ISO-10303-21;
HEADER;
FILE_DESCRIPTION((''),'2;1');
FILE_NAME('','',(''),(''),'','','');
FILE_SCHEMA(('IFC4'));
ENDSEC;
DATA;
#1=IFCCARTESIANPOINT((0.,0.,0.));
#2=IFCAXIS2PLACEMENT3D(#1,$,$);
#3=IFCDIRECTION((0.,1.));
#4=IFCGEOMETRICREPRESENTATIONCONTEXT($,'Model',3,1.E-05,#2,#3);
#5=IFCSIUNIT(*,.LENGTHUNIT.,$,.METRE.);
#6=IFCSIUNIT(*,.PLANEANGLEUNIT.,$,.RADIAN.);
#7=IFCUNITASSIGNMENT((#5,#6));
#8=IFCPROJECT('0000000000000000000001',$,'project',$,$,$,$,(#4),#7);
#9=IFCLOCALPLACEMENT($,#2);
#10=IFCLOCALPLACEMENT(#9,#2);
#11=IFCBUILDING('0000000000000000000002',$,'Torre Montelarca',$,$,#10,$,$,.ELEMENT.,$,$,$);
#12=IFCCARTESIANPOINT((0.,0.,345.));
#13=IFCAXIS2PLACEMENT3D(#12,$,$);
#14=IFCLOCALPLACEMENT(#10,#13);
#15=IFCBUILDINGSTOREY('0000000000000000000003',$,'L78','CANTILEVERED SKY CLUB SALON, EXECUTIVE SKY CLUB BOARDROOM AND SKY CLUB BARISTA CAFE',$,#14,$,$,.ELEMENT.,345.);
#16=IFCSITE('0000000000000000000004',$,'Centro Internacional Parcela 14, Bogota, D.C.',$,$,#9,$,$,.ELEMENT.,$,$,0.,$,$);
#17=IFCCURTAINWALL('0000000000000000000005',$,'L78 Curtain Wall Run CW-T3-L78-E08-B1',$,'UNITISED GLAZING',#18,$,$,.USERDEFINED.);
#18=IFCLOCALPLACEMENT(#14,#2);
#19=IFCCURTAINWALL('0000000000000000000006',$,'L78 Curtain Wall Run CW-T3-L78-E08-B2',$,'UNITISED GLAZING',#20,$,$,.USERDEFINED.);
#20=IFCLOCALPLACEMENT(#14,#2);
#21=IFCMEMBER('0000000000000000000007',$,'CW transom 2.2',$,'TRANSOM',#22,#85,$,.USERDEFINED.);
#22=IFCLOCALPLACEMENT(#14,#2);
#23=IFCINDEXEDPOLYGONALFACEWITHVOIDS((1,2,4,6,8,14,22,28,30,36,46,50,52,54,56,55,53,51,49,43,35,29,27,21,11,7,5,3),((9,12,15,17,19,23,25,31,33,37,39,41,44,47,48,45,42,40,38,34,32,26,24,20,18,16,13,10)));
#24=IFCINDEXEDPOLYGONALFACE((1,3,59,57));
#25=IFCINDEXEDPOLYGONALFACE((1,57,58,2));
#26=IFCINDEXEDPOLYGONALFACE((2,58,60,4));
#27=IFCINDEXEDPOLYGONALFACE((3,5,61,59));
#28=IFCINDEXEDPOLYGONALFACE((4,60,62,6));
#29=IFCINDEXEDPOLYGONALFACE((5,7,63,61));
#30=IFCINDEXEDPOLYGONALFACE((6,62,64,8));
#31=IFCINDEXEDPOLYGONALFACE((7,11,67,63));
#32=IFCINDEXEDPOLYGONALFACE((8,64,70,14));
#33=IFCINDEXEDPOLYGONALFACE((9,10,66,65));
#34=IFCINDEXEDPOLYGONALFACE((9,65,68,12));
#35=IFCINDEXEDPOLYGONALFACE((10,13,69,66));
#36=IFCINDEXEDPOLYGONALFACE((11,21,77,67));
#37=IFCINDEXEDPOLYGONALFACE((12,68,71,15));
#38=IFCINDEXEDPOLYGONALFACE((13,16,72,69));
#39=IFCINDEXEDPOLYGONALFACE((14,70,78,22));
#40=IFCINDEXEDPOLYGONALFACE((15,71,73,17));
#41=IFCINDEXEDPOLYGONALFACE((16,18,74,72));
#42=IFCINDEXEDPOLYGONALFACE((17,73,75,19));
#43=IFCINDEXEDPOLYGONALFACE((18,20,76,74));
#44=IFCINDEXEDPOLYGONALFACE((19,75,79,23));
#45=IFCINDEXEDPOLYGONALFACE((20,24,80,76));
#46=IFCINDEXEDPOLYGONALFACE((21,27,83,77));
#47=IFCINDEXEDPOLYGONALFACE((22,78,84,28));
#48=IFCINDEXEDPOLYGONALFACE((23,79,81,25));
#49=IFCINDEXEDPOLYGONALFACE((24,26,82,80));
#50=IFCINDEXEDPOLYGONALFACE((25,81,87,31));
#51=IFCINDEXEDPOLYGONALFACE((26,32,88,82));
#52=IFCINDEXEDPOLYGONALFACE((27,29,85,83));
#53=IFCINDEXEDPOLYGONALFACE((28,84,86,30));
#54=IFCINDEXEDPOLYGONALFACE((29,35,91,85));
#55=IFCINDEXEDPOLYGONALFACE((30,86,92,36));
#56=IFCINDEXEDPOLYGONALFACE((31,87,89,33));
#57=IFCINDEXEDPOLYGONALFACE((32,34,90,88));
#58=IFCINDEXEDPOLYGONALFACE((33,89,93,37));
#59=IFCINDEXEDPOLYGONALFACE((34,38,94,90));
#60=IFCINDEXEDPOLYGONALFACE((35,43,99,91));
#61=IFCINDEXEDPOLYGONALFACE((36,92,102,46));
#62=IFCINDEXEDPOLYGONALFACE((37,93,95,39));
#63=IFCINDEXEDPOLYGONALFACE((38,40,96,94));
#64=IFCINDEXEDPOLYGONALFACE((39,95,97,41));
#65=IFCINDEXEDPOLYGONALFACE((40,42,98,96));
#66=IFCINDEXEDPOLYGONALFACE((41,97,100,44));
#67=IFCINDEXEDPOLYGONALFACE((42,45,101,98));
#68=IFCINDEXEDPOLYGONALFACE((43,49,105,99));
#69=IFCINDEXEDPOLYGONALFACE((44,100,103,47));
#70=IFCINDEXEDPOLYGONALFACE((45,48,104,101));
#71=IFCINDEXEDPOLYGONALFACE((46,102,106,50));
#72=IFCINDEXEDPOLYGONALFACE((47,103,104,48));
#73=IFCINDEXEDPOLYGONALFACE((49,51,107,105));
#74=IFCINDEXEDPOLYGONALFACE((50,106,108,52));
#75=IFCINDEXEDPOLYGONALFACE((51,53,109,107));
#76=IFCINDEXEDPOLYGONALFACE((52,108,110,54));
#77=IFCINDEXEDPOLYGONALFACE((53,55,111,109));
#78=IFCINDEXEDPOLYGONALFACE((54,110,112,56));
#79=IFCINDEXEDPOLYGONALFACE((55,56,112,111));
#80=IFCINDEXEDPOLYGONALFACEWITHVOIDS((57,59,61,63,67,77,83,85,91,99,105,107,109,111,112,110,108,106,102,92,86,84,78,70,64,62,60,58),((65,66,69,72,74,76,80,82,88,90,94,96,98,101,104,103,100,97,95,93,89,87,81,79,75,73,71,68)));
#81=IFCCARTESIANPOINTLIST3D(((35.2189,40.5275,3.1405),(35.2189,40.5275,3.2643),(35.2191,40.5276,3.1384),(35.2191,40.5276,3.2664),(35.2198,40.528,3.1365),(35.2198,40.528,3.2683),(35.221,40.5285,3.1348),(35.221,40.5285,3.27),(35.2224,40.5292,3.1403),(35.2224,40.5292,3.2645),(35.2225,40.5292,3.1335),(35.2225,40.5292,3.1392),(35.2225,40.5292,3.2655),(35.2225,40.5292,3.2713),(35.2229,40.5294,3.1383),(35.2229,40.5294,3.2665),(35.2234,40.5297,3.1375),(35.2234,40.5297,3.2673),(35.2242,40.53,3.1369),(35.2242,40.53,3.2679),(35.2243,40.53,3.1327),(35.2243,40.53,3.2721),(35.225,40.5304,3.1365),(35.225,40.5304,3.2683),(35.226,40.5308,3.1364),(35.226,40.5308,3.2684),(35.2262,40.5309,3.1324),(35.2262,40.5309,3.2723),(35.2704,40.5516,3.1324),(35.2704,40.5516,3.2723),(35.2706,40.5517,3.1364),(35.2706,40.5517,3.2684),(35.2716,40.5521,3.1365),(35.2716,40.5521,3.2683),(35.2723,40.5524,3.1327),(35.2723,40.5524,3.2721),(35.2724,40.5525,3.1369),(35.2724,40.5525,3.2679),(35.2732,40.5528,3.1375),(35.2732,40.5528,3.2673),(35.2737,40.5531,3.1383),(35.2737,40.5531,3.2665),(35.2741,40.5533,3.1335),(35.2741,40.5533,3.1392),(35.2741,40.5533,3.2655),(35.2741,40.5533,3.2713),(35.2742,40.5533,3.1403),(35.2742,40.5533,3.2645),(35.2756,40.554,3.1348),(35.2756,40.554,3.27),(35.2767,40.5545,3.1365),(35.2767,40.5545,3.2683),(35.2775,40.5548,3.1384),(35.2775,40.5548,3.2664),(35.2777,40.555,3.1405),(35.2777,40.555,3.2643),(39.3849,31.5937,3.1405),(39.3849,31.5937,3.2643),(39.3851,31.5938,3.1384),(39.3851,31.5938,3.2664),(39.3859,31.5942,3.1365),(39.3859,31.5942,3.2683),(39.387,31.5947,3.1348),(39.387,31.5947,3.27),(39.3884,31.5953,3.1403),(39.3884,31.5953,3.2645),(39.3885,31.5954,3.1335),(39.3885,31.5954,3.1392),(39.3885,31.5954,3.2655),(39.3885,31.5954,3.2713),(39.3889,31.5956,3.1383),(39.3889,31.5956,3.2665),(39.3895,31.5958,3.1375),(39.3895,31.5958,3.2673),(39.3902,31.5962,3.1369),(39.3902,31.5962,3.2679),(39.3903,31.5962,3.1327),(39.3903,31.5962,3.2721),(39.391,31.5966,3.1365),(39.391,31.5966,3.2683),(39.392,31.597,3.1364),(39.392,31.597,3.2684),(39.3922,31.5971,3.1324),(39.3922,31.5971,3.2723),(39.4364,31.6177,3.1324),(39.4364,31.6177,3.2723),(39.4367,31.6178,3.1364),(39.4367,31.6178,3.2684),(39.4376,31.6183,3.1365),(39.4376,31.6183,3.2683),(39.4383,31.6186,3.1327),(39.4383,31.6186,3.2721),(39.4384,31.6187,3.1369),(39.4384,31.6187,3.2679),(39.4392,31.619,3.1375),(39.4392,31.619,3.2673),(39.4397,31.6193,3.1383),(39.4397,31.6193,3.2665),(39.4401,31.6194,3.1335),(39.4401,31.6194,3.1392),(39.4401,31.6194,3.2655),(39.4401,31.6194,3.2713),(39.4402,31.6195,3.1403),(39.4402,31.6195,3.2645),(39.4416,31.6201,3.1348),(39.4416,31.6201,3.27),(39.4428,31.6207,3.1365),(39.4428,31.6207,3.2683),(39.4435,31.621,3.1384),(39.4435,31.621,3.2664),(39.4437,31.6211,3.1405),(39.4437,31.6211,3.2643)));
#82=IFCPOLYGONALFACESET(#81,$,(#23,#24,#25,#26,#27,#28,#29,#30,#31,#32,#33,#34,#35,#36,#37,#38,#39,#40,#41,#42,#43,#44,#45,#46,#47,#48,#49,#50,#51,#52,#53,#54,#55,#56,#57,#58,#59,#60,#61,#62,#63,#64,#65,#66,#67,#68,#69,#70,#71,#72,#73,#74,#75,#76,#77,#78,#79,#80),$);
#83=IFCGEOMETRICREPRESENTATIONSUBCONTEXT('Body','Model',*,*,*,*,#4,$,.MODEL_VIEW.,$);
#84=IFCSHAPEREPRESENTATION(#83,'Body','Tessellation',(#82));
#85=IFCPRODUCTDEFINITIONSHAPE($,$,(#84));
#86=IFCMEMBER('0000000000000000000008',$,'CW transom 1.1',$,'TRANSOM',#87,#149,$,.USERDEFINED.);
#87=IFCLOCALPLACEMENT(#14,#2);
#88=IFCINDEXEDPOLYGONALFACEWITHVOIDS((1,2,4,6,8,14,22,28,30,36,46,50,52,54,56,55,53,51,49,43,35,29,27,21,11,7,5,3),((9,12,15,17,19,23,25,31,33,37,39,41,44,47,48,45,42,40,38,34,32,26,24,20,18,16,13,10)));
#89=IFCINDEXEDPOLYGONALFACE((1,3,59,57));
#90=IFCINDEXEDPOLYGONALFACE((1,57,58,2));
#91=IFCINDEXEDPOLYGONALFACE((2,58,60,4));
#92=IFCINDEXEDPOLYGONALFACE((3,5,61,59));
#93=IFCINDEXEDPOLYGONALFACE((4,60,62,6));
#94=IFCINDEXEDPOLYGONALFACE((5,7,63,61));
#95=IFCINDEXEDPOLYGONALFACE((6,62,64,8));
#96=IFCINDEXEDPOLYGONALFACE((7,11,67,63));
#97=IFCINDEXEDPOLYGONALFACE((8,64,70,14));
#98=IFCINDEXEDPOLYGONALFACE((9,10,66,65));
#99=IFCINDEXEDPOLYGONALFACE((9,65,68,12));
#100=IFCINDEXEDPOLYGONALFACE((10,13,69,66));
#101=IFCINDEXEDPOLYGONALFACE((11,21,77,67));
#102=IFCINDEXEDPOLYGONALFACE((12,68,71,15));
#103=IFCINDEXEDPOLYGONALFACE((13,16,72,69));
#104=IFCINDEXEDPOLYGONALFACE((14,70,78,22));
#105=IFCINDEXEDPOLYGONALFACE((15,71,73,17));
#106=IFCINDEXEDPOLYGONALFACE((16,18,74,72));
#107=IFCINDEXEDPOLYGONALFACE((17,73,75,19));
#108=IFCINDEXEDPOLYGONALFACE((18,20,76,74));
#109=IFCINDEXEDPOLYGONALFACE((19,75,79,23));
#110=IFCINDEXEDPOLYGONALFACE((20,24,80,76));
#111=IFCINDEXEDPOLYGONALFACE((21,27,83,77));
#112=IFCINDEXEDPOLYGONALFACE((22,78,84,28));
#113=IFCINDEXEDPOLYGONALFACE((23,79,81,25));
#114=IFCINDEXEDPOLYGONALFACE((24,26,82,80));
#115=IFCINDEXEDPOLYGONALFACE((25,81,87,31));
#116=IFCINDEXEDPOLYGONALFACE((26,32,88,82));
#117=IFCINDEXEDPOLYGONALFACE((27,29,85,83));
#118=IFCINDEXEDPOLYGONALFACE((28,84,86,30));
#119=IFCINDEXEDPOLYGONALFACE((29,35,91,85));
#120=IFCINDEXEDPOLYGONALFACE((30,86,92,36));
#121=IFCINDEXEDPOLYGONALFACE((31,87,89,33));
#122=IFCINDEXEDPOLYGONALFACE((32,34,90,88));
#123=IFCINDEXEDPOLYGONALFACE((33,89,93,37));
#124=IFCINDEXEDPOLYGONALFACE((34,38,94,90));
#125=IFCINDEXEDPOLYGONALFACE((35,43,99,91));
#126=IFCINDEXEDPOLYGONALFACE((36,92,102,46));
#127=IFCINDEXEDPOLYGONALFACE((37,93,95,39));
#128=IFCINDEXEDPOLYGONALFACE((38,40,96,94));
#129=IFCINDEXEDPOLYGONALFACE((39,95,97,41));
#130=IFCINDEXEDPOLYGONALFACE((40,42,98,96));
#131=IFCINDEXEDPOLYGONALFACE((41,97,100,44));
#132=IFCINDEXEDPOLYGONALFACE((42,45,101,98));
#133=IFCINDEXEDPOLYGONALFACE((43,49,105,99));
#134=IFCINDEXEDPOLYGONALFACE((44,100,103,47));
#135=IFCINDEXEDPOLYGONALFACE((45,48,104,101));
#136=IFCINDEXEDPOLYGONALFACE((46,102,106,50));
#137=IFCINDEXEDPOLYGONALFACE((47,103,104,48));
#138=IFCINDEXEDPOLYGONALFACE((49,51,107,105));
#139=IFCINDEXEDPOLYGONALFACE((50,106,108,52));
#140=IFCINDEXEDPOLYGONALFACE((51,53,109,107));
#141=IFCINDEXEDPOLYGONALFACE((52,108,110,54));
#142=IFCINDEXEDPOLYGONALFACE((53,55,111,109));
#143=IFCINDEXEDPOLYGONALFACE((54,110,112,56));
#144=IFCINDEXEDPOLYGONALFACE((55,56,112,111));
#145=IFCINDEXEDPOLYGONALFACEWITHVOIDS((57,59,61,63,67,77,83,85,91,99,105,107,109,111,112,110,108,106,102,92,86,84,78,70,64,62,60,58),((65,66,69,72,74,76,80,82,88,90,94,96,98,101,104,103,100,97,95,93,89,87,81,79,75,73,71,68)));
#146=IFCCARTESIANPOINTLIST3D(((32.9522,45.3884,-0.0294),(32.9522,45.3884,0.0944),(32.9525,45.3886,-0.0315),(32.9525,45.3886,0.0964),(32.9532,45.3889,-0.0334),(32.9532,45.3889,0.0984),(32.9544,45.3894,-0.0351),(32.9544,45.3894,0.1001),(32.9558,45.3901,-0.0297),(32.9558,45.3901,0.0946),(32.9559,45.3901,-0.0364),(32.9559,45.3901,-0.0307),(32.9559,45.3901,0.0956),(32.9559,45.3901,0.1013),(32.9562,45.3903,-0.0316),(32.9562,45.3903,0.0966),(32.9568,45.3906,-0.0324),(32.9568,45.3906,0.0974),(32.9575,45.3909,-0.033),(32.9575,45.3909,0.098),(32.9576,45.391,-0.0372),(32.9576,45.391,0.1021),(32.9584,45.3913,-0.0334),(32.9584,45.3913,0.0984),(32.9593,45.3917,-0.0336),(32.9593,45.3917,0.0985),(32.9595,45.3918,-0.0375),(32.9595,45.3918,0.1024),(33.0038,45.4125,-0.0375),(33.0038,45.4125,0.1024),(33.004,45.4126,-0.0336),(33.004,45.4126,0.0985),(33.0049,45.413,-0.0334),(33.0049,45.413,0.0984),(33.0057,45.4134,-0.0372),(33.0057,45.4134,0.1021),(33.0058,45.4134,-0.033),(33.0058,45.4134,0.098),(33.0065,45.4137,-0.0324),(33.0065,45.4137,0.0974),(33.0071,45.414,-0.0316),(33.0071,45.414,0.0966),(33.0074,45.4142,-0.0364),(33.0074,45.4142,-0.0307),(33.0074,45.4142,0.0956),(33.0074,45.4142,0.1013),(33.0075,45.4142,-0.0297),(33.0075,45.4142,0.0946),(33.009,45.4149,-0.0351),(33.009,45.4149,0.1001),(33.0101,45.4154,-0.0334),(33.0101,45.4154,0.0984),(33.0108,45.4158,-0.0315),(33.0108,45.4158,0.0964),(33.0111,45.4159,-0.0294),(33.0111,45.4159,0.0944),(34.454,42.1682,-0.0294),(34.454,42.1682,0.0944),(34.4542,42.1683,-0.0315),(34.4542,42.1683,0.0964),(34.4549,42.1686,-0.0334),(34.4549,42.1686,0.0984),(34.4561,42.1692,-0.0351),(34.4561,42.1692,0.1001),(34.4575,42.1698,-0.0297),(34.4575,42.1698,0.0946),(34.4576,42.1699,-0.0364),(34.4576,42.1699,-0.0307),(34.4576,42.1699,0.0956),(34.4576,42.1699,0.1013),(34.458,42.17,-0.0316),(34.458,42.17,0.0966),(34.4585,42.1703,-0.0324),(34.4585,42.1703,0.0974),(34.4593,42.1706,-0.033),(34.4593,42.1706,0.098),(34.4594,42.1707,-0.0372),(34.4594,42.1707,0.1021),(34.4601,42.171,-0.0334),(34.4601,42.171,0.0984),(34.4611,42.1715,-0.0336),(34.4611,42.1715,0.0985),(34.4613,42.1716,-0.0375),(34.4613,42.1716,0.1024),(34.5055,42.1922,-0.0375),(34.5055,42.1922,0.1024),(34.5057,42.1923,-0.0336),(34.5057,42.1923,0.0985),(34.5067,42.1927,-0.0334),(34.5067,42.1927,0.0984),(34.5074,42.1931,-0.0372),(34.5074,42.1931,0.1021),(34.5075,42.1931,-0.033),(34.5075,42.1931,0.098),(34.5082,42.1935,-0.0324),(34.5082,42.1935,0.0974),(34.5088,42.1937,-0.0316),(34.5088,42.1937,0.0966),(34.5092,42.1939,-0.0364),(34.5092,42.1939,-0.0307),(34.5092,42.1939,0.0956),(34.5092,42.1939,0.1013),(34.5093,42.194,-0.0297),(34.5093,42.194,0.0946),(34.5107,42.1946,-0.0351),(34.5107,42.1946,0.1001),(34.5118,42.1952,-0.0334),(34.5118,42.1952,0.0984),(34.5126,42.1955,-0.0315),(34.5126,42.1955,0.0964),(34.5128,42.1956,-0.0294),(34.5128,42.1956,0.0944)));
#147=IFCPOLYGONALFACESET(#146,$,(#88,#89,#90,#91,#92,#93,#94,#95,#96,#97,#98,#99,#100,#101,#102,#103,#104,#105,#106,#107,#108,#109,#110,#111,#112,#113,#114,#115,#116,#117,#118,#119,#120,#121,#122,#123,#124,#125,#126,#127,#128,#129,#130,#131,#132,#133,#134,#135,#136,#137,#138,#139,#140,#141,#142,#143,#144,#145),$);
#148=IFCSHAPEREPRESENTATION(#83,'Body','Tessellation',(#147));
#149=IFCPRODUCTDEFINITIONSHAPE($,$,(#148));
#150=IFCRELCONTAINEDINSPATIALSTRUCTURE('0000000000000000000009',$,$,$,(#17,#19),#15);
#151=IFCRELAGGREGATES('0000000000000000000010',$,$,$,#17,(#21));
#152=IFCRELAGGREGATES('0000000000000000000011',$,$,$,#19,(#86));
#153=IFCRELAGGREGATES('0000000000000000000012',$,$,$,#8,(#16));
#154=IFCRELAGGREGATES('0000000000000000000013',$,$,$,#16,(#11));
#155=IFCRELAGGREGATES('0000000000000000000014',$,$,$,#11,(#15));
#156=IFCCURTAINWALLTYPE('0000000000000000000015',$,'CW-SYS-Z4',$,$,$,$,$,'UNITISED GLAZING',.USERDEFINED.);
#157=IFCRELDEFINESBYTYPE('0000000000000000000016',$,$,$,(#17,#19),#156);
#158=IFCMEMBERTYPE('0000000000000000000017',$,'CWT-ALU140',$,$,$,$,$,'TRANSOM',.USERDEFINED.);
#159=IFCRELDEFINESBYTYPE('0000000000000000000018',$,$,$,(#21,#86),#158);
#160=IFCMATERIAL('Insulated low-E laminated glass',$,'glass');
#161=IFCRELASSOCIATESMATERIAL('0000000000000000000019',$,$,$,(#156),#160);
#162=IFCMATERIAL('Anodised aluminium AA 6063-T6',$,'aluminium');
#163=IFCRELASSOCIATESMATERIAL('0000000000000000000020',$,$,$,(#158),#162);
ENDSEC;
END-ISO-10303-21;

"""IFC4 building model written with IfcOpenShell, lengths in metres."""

from ifc_helpers import new_model, si_unit, direction, frame, origin, origin_2d, place, context, subcontext, project, spatial, hollow_rectangle, extrude, source, transform, mapped, material, material_profile, profile_set, type_object, element, aggregate, save


model = new_model("IFC4")

# Units and contexts
model_context = context("Model", 3, precision=1e-05, world=origin(), true_north=direction((0.0, 1.0)))
body_context = subcontext(model_context, "Body", "Model", "MODEL_VIEW")
ifc_project = project(units=[si_unit("LENGTHUNIT", "METRE"), si_unit("PLANEANGLEUNIT", "RADIAN")], contexts=[model_context])

# Site, building, storey
site_placement = place(None, origin())
site = spatial("IfcSite", under=ifc_project, at=site_placement, Name="Centro Internacional Parcela 14, Bogota, D.C.", CompositionType="ELEMENT", RefElevation=0.0)
building_placement = place(site_placement, origin())
building = spatial("IfcBuilding", under=site, at=building_placement, Name="Torre Montelarca", CompositionType="ELEMENT")
storey_placement = place(building_placement, frame((0.0, 0.0, 345.0)))
storey = spatial("IfcBuildingStorey", under=building, at=storey_placement, Name="L78", Description="CANTILEVERED SKY CLUB SALON, EXECUTIVE SKY CLUB BOARDROOM AND SKY CLUB BARISTA CAFE", CompositionType="ELEMENT", Elevation=345.0)

# Shared definitions
ifc_material_1 = material(Name="Insulated low-E laminated glass", Category="glass")
curtain_wall_type = type_object("IfcCurtainWallType", Name="CW-SYS-Z4", ElementType="UNITISED GLAZING", PredefinedType="USERDEFINED", material=ifc_material_1)
ifc_material_2 = material(Name="Anodised aluminium AA 6063-T6", Category="aluminium")
ifc_material_profile_1 = material_profile(ifc_material_2, hollow_rectangle(XDim=0.0649, YDim=0.1399, WallThickness=0.0039, InnerFilletRadius=0.0039, OuterFilletRadius=0.0081, at=origin_2d()), Name="ALU65X140X4", Category="aluminium")
ifc_profile_set_1 = profile_set([ifc_material_profile_1], Name="Anodised aluminium AA 6063-T6")
member_type_1 = type_object("IfcMemberType", Name="CWT-ALU140", ElementType="TRANSOM", PredefinedType="USERDEFINED", material=ifc_profile_set_1)

# Curtain wall
curtain_wall_1_placement = place(storey_placement, origin())
curtain_wall_1 = element("IfcCurtainWall", 1, at=curtain_wall_1_placement, inside=storey, type_object=curtain_wall_type, Name="L78 Curtain Wall Run CW-T3-L78-E08-B1", ObjectType="UNITISED GLAZING", PredefinedType="USERDEFINED")

# Curtain wall
curtain_wall_2_placement = place(storey_placement, origin())
curtain_wall_2 = element("IfcCurtainWall", 2, at=curtain_wall_2_placement, inside=storey, type_object=curtain_wall_type, Name="L78 Curtain Wall Run CW-T3-L78-E08-B2", ObjectType="UNITISED GLAZING", PredefinedType="USERDEFINED")

# Members
shared_shape_1 = source(origin(), body_context, "Body", "SweptSolid", [
    extrude(hollow_rectangle(XDim=0.0649, YDim=0.1399, WallThickness=0.0039, InnerFilletRadius=0.0039, OuterFilletRadius=0.0081, at=origin_2d()), origin(), (0.0, 0.0, 1.0), 9.8574),
])
member_1_placement = place(storey_placement, frame((39.4143, 31.6074, 3.2024), z_axis=(-0.422626, 0.906304, 0.0), x_axis=(-0.906304, -0.422626, 0.0)))
member_1 = element("IfcMember", 3, at=member_1_placement, type_object=member_type_1, Name="CW transom 2.2", ObjectType="TRANSOM", PredefinedType="USERDEFINED", context=body_context, shape_type="MappedRepresentation", body=[
    mapped(shared_shape_1, transform((0.0, 0.0, 0.0), scale=1.0)),
])
shared_shape_2 = source(origin(), body_context, "Body", "SweptSolid", [
    extrude(hollow_rectangle(XDim=0.0649, YDim=0.1399, WallThickness=0.0039, InnerFilletRadius=0.0039, OuterFilletRadius=0.0081, at=origin_2d()), origin(), (0.0, 0.0, 1.0), 3.5532),
])
member_2_placement = place(storey_placement, frame((34.4834, 42.1819, 0.0325), z_axis=(-0.422641, 0.906297, 0.0), x_axis=(-0.906297, -0.422641, 0.0)))
member_2 = element("IfcMember", 4, at=member_2_placement, type_object=member_type_1, Name="CW transom 1.1", ObjectType="TRANSOM", PredefinedType="USERDEFINED", context=body_context, shape_type="MappedRepresentation", body=[
    mapped(shared_shape_2, transform((0.0, 0.0, 0.0), scale=1.0)),
])

aggregate(curtain_wall_1, [member_1])
aggregate(curtain_wall_2, [member_2])

save(model, "model.ifc")
